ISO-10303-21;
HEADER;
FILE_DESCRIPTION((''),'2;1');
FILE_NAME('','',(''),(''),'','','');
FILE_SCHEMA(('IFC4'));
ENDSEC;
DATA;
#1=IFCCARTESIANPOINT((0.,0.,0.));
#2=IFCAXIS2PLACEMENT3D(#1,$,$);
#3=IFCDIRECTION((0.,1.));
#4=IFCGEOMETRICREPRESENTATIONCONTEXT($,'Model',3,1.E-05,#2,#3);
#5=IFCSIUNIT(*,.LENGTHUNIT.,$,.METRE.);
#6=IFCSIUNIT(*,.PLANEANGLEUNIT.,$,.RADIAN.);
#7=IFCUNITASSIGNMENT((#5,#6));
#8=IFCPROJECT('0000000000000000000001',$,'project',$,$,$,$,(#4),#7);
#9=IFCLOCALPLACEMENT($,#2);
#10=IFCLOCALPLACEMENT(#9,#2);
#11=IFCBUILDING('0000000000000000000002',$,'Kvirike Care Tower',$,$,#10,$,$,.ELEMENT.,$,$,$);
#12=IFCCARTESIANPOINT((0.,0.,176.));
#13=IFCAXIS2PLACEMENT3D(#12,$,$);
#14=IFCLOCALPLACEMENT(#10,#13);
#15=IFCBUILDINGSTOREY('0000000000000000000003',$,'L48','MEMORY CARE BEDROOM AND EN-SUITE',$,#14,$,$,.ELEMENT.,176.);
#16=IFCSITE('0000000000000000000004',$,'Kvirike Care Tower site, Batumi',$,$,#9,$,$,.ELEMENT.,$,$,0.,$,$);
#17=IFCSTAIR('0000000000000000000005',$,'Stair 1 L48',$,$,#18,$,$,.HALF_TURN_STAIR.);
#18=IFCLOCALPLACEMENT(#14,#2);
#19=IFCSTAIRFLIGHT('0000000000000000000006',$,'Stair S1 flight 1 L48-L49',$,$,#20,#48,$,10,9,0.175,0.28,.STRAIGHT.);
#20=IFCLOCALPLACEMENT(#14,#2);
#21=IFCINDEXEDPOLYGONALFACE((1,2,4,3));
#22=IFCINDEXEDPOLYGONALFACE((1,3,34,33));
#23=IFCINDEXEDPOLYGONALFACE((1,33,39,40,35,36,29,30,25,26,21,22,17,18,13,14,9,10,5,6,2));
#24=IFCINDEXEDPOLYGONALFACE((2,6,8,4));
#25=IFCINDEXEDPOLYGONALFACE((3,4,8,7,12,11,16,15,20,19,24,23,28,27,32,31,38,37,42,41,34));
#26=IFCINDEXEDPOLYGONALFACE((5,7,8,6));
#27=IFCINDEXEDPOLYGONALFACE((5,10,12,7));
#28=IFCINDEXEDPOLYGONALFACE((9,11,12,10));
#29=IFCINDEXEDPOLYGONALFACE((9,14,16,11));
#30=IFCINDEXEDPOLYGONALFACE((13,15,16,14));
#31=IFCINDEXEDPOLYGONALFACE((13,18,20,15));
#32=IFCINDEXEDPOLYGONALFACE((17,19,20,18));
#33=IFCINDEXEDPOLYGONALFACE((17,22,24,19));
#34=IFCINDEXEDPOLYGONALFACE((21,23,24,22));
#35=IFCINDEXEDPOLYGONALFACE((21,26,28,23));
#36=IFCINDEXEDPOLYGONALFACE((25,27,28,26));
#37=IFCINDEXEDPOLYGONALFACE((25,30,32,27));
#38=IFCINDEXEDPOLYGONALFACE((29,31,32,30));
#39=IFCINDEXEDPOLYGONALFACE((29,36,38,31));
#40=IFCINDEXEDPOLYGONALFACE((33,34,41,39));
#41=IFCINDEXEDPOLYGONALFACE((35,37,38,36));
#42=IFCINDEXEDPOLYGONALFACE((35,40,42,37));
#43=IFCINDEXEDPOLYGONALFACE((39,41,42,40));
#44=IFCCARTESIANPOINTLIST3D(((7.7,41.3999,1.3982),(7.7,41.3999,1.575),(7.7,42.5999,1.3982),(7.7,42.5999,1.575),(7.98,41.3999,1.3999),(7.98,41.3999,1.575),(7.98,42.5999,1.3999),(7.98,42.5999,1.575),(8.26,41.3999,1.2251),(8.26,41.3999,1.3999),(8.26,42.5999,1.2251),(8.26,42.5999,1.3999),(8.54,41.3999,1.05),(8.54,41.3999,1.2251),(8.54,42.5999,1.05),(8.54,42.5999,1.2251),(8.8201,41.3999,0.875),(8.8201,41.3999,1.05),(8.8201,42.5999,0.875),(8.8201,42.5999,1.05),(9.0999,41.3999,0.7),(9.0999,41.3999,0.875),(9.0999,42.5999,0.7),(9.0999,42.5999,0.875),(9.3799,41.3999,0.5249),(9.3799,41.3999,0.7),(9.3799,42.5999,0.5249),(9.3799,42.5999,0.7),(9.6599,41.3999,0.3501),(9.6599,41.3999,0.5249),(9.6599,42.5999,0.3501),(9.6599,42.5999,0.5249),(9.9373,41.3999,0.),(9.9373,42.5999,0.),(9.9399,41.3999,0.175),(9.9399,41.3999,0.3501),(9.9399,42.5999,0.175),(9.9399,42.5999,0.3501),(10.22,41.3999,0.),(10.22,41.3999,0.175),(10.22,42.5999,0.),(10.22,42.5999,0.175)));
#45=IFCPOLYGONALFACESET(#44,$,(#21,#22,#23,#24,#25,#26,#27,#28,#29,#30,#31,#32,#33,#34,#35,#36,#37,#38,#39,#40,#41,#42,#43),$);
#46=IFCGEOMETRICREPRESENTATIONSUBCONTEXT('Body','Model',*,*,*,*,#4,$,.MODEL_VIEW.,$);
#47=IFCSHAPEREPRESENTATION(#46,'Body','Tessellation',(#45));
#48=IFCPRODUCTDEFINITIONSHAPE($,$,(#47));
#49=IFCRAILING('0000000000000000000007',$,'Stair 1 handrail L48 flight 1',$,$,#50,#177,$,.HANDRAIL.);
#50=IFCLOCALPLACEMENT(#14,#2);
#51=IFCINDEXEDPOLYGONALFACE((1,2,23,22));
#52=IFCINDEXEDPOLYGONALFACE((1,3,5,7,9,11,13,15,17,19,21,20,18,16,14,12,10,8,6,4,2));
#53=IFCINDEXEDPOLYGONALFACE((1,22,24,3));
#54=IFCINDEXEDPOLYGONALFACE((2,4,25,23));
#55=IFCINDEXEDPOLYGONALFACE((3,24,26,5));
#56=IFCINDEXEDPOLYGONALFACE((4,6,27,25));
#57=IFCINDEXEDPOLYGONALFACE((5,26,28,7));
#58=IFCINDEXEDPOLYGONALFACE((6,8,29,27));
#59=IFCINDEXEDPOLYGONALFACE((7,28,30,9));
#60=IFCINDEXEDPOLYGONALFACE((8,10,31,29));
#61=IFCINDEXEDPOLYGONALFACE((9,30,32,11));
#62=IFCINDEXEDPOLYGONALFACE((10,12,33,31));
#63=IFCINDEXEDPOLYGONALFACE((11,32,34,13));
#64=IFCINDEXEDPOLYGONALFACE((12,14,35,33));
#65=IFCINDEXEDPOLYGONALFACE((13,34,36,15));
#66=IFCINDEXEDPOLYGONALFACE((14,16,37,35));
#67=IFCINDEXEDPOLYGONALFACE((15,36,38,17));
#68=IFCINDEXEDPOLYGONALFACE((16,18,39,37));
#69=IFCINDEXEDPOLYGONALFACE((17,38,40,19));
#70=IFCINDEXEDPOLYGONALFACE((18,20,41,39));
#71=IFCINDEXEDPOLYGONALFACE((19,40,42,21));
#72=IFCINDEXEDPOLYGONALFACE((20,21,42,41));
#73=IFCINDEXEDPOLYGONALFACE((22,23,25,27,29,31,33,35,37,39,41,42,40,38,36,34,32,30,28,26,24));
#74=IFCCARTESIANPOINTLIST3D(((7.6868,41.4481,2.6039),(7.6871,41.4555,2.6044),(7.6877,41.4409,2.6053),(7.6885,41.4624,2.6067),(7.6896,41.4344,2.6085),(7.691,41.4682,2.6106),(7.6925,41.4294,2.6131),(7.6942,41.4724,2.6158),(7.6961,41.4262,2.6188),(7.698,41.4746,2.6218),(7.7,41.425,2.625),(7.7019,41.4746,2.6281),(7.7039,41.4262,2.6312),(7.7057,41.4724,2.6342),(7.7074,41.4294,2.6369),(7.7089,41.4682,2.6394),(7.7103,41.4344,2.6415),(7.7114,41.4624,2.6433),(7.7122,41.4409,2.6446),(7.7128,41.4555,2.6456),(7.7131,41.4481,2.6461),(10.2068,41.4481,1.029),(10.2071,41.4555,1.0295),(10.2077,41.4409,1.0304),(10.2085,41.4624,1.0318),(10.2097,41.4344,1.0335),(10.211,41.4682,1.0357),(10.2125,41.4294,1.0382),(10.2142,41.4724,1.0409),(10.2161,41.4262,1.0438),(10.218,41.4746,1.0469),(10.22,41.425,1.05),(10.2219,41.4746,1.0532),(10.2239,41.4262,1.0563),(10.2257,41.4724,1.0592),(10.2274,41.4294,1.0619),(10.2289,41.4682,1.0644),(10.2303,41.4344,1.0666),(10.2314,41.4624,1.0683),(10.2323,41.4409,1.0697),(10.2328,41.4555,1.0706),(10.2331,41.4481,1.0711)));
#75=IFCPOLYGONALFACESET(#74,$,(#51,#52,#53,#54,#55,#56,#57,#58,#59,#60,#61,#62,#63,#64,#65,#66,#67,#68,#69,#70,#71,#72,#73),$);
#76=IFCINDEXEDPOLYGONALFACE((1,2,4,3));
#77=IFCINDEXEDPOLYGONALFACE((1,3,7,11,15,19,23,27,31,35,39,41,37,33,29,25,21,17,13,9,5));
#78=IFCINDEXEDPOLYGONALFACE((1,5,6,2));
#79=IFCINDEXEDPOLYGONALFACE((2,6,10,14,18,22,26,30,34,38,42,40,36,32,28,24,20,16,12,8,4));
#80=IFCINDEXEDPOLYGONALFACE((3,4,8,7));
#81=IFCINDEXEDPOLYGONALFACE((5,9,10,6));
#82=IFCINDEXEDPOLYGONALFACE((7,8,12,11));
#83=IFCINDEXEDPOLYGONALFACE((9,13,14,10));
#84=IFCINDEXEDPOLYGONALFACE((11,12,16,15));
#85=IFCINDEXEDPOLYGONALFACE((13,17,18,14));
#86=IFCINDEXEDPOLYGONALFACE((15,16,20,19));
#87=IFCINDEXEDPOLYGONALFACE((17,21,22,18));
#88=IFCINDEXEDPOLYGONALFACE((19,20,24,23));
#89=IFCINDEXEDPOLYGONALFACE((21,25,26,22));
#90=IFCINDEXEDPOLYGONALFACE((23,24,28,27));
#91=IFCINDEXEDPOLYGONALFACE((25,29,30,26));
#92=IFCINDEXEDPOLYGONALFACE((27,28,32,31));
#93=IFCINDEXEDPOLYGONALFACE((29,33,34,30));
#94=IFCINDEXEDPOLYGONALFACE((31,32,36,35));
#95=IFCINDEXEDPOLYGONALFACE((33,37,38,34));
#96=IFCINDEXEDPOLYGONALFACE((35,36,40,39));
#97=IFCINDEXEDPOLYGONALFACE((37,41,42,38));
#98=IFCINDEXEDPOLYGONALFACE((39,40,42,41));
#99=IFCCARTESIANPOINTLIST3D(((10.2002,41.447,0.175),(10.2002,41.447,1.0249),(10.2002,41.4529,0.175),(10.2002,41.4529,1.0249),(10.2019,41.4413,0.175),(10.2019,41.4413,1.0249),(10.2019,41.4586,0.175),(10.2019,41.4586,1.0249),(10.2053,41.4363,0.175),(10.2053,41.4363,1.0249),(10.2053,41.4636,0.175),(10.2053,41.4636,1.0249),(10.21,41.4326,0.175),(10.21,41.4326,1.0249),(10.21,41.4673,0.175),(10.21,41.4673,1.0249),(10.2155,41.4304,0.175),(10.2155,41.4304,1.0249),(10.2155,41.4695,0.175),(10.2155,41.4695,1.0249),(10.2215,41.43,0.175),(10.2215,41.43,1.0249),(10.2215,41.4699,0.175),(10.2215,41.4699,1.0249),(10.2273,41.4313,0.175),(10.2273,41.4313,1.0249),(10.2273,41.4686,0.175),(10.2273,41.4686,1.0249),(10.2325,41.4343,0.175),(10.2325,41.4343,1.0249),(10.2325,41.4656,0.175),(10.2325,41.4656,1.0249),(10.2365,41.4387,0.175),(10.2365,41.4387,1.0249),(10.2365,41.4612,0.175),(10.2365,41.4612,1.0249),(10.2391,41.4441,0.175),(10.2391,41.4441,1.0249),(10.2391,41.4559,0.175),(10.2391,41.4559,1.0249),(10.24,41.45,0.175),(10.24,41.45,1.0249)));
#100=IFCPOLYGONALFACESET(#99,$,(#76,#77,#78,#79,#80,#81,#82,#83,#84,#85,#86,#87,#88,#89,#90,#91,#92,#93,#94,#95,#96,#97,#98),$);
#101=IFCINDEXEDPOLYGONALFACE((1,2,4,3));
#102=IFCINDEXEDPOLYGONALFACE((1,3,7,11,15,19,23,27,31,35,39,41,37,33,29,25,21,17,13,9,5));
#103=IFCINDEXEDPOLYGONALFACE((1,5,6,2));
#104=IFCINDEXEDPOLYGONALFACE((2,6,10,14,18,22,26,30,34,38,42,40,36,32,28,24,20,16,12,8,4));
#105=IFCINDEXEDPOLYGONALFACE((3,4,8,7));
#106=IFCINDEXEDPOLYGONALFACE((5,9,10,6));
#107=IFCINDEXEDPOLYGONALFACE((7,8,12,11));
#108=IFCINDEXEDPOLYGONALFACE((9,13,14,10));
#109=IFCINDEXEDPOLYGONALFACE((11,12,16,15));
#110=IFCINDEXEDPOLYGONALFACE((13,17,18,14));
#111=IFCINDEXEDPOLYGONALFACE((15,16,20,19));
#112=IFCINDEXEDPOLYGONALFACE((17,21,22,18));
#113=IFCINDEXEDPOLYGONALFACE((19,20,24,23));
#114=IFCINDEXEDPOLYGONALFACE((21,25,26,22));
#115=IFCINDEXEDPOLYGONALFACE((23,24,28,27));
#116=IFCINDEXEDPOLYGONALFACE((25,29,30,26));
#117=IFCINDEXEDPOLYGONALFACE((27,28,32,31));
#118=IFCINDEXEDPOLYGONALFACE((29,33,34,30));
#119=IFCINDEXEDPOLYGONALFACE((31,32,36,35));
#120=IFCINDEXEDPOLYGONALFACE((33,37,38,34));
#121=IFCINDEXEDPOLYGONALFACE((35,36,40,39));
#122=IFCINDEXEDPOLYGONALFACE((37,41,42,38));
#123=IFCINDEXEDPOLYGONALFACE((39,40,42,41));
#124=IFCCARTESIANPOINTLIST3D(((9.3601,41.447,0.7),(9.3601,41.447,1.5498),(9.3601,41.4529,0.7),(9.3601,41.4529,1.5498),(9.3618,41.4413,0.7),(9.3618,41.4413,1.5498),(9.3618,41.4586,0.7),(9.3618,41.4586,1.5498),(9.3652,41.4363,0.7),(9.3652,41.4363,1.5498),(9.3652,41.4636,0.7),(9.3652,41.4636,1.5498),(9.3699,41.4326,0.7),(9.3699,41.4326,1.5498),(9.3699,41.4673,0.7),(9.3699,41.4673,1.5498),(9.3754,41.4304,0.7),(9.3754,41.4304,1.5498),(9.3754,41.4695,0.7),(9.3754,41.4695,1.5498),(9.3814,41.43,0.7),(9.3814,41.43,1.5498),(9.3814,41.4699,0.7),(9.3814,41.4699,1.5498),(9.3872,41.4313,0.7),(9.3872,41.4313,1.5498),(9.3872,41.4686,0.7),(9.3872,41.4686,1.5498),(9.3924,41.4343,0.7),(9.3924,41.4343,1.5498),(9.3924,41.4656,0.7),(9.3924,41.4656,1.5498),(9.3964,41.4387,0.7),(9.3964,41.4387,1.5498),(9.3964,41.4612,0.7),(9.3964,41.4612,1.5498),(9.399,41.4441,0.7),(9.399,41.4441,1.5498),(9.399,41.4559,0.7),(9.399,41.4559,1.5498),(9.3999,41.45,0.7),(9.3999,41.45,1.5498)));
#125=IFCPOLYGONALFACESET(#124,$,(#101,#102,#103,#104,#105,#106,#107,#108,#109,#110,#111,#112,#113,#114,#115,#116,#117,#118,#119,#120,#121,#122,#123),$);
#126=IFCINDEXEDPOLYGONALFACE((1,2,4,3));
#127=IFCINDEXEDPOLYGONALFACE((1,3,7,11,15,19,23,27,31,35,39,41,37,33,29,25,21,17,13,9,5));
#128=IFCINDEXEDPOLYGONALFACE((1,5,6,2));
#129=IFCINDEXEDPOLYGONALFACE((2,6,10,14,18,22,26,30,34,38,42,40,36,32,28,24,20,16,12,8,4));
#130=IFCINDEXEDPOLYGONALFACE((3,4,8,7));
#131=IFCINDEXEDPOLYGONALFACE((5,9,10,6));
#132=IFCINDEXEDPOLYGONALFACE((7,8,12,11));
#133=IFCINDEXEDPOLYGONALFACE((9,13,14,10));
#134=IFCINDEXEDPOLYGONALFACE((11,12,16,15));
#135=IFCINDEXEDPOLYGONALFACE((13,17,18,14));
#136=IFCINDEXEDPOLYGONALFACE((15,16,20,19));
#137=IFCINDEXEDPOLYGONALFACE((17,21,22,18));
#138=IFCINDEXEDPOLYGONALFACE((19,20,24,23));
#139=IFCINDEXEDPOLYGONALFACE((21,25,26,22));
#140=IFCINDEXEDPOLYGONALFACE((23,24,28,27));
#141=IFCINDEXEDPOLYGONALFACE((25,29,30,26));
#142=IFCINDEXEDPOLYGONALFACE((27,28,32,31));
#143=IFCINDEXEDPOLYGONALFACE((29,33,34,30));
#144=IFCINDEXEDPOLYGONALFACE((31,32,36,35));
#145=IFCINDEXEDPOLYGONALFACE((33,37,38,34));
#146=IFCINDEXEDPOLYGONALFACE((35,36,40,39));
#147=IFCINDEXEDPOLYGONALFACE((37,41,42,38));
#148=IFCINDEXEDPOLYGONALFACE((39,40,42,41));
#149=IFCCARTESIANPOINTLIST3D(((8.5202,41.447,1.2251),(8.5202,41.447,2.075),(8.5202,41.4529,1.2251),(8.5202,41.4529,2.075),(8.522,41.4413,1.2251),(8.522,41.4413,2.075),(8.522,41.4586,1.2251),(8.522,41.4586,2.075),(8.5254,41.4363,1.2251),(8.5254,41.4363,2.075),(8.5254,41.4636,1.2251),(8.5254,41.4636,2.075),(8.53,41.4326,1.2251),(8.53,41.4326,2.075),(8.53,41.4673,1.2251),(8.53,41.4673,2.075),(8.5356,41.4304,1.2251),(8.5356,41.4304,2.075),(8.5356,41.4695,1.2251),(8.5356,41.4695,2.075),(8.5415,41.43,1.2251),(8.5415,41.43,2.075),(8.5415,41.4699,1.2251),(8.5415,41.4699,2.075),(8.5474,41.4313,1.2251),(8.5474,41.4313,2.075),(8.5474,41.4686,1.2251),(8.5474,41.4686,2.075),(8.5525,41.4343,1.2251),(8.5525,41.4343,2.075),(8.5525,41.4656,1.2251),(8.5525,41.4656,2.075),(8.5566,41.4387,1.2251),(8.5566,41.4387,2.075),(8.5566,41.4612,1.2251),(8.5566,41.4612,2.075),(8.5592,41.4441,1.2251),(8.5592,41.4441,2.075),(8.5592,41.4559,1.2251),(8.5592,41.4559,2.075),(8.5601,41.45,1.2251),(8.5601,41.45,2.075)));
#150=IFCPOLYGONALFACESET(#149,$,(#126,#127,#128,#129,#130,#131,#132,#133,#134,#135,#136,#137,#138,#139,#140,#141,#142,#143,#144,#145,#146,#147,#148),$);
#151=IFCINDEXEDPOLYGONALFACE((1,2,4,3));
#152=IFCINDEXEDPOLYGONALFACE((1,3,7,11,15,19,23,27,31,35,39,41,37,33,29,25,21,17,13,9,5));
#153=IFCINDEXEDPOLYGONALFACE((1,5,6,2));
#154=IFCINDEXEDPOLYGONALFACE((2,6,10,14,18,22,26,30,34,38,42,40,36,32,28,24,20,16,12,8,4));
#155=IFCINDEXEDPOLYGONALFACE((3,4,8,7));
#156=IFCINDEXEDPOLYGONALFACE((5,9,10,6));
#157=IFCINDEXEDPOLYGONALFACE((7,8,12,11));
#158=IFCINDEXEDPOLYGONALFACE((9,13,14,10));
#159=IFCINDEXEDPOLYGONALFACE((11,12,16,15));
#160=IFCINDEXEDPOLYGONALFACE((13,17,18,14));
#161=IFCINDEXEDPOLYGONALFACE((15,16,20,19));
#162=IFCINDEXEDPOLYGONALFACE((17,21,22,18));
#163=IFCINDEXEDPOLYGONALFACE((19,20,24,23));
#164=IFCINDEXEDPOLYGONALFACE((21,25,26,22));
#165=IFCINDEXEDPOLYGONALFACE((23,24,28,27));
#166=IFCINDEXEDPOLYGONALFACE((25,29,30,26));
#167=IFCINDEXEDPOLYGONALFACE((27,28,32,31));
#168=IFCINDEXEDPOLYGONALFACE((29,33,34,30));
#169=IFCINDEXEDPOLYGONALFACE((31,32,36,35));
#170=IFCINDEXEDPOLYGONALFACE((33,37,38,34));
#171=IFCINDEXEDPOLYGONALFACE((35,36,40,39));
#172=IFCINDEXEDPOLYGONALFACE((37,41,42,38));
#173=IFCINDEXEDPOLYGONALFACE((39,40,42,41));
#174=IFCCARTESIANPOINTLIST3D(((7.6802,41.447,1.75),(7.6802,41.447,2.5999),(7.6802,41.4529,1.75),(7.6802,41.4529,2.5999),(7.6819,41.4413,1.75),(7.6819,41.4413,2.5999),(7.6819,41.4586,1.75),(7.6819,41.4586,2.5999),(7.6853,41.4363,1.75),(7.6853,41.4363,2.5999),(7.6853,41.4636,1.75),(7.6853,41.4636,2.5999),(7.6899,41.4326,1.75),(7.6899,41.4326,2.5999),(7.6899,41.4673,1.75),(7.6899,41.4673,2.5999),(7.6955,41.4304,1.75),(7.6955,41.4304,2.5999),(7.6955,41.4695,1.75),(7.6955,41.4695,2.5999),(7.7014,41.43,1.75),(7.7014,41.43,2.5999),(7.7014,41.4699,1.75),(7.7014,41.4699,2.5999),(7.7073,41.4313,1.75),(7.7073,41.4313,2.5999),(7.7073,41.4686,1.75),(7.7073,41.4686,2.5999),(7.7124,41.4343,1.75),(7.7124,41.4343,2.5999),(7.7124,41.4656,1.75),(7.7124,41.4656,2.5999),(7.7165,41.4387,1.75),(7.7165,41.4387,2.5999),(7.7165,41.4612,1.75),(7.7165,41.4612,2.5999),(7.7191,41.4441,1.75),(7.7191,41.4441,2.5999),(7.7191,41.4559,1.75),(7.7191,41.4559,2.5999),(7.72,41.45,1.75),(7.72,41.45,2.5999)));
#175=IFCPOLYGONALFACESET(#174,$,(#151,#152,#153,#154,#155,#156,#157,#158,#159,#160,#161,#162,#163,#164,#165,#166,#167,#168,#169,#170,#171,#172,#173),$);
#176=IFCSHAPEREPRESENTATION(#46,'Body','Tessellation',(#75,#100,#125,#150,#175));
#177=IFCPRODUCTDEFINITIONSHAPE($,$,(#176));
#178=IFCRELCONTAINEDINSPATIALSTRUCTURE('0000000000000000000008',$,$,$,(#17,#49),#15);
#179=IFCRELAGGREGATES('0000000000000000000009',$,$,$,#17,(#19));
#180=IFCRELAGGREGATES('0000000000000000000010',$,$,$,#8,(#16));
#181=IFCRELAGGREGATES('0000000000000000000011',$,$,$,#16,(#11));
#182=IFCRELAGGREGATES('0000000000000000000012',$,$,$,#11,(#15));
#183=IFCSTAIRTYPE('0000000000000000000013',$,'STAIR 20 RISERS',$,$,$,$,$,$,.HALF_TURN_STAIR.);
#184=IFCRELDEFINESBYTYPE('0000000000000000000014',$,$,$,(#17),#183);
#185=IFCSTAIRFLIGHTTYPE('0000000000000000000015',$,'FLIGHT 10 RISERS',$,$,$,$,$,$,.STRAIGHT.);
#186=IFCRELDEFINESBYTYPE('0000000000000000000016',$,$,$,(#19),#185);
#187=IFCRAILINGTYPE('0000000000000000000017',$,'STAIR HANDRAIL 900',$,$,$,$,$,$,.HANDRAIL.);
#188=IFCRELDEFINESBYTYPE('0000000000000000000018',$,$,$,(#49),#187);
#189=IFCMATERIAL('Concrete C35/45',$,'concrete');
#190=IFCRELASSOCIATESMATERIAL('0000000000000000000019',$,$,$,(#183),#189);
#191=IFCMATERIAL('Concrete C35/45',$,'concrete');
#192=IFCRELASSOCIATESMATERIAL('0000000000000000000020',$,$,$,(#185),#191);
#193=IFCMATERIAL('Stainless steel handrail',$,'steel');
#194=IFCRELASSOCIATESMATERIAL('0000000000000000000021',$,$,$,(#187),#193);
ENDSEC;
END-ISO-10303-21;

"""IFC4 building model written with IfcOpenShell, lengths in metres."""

from ifc_helpers import new_model, si_unit, direction, frame, origin, origin_2d, place, context, subcontext, project, spatial, polyline, circle, outline, extrude, material, type_object, element, aggregate, save


model = new_model("IFC4")

# Units and contexts
model_context = context("Model", 3, precision=1e-05, world=origin(), true_north=direction((0.0, 1.0)))
body_context = subcontext(model_context, "Body", "Model", "MODEL_VIEW")
ifc_project = project(units=[si_unit("LENGTHUNIT", "METRE"), si_unit("PLANEANGLEUNIT", "RADIAN")], contexts=[model_context])

# Site, building, storey
site_placement = place(None, origin())
site = spatial("IfcSite", under=ifc_project, at=site_placement, Name="Kvirike Care Tower site, Batumi", CompositionType="ELEMENT", RefElevation=0.0)
building_placement = place(site_placement, origin())
building = spatial("IfcBuilding", under=site, at=building_placement, Name="Kvirike Care Tower", CompositionType="ELEMENT")
storey_placement = place(building_placement, frame((0.0, 0.0, 176.0)))
storey = spatial("IfcBuildingStorey", under=building, at=storey_placement, Name="L48", Description="MEMORY CARE BEDROOM AND EN-SUITE", CompositionType="ELEMENT", Elevation=176.0)

# Stair, stair flight
ifc_material_1 = material(Name="Concrete C35/45", Category="concrete")
stair_type = type_object("IfcStairType", Name="STAIR 20 RISERS", PredefinedType="HALF_TURN_STAIR", material=ifc_material_1)
stair_placement = place(storey_placement, origin())
stair = element("IfcStair", 1, at=stair_placement, inside=storey, type_object=stair_type, Name="Stair 1 L48", PredefinedType="HALF_TURN_STAIR")
ifc_material_2 = material(Name="Concrete C35/45", Category="concrete")
stair_flight_type = type_object("IfcStairFlightType", Name="FLIGHT 10 RISERS", PredefinedType="STRAIGHT", material=ifc_material_2)
stair_flight_placement = place(storey_placement, frame((10.22, 42.0, 0.0), z_axis=(0.0, 0.0, 1.0), x_axis=(-1.0, 0.0, 0.0)))
stair_flight = element("IfcStairFlight", 2, at=stair_flight_placement, type_object=stair_flight_type, Name="Stair S1 flight 1 L48-L49", NumberOfRisers=10, NumberOfTreads=9, PredefinedType="STRAIGHT", RiserHeight=0.175, TreadLength=0.28, context=body_context, shape_type="SweptSolid", body=[
    extrude(outline(polyline([(0.0, 0.0), (0.0, 0.175), (0.28, 0.175), (0.28, 0.3501), (0.5601, 0.3501), (0.5601, 0.5249), (0.8401, 0.5249), (0.8401, 0.7), (1.1201, 0.7), (1.1201, 0.875), (1.3999, 0.875), (1.3999, 1.05), (1.6799, 1.05), (1.6799, 1.2251), (1.96, 1.2251), (1.96, 1.3999), (2.24, 1.3999), (2.24, 1.575), (2.52, 1.575), (2.52, 1.75), (2.52, 1.3982), (0.2827, 0.0), (0.0, 0.0)])), frame((0.0, 0.6001, 0.0), z_axis=(0.0, -1.0, 0.0), x_axis=(1.0, 0.0, 0.0)), (0.0, 0.0, 1.0), 1.2),
])
aggregate(stair, [stair_flight])

# Railing
ifc_material_3 = material(Name="Stainless steel handrail", Category="steel")
railing_type = type_object("IfcRailingType", Name="STAIR HANDRAIL 900", PredefinedType="HANDRAIL", material=ifc_material_3)
railing_placement = place(storey_placement, frame((10.22, 41.45, 0.175)))
element("IfcRailing", 3, at=railing_placement, inside=storey, type_object=railing_type, Name="Stair 1 handrail L48 flight 1", PredefinedType="HANDRAIL", context=body_context, shape_type="SweptSolid", body=[
    extrude(circle(Radius=0.0249, at=origin_2d()), frame((0.0, 0.0, 0.875), z_axis=(-0.848008, 0.0, 0.529984), x_axis=(0.0, -1.0, 0.0)), (0.0, 0.0, 1.0), 2.9717),
    extrude(circle(Radius=0.02, at=origin_2d()), origin(), (0.0, 0.0, 1.0), 0.8499),
    extrude(circle(Radius=0.02, at=origin_2d()), frame((-0.8401, 0.0, 0.5249)), (0.0, 0.0, 1.0), 0.8499),
    extrude(circle(Radius=0.02, at=origin_2d()), frame((-1.6799, 0.0, 1.05)), (0.0, 0.0, 1.0), 0.8499),
    extrude(circle(Radius=0.02, at=origin_2d()), frame((-2.52, 0.0, 1.575)), (0.0, 0.0, 1.0), 0.8499),
])

save(model, "model.ifc")
